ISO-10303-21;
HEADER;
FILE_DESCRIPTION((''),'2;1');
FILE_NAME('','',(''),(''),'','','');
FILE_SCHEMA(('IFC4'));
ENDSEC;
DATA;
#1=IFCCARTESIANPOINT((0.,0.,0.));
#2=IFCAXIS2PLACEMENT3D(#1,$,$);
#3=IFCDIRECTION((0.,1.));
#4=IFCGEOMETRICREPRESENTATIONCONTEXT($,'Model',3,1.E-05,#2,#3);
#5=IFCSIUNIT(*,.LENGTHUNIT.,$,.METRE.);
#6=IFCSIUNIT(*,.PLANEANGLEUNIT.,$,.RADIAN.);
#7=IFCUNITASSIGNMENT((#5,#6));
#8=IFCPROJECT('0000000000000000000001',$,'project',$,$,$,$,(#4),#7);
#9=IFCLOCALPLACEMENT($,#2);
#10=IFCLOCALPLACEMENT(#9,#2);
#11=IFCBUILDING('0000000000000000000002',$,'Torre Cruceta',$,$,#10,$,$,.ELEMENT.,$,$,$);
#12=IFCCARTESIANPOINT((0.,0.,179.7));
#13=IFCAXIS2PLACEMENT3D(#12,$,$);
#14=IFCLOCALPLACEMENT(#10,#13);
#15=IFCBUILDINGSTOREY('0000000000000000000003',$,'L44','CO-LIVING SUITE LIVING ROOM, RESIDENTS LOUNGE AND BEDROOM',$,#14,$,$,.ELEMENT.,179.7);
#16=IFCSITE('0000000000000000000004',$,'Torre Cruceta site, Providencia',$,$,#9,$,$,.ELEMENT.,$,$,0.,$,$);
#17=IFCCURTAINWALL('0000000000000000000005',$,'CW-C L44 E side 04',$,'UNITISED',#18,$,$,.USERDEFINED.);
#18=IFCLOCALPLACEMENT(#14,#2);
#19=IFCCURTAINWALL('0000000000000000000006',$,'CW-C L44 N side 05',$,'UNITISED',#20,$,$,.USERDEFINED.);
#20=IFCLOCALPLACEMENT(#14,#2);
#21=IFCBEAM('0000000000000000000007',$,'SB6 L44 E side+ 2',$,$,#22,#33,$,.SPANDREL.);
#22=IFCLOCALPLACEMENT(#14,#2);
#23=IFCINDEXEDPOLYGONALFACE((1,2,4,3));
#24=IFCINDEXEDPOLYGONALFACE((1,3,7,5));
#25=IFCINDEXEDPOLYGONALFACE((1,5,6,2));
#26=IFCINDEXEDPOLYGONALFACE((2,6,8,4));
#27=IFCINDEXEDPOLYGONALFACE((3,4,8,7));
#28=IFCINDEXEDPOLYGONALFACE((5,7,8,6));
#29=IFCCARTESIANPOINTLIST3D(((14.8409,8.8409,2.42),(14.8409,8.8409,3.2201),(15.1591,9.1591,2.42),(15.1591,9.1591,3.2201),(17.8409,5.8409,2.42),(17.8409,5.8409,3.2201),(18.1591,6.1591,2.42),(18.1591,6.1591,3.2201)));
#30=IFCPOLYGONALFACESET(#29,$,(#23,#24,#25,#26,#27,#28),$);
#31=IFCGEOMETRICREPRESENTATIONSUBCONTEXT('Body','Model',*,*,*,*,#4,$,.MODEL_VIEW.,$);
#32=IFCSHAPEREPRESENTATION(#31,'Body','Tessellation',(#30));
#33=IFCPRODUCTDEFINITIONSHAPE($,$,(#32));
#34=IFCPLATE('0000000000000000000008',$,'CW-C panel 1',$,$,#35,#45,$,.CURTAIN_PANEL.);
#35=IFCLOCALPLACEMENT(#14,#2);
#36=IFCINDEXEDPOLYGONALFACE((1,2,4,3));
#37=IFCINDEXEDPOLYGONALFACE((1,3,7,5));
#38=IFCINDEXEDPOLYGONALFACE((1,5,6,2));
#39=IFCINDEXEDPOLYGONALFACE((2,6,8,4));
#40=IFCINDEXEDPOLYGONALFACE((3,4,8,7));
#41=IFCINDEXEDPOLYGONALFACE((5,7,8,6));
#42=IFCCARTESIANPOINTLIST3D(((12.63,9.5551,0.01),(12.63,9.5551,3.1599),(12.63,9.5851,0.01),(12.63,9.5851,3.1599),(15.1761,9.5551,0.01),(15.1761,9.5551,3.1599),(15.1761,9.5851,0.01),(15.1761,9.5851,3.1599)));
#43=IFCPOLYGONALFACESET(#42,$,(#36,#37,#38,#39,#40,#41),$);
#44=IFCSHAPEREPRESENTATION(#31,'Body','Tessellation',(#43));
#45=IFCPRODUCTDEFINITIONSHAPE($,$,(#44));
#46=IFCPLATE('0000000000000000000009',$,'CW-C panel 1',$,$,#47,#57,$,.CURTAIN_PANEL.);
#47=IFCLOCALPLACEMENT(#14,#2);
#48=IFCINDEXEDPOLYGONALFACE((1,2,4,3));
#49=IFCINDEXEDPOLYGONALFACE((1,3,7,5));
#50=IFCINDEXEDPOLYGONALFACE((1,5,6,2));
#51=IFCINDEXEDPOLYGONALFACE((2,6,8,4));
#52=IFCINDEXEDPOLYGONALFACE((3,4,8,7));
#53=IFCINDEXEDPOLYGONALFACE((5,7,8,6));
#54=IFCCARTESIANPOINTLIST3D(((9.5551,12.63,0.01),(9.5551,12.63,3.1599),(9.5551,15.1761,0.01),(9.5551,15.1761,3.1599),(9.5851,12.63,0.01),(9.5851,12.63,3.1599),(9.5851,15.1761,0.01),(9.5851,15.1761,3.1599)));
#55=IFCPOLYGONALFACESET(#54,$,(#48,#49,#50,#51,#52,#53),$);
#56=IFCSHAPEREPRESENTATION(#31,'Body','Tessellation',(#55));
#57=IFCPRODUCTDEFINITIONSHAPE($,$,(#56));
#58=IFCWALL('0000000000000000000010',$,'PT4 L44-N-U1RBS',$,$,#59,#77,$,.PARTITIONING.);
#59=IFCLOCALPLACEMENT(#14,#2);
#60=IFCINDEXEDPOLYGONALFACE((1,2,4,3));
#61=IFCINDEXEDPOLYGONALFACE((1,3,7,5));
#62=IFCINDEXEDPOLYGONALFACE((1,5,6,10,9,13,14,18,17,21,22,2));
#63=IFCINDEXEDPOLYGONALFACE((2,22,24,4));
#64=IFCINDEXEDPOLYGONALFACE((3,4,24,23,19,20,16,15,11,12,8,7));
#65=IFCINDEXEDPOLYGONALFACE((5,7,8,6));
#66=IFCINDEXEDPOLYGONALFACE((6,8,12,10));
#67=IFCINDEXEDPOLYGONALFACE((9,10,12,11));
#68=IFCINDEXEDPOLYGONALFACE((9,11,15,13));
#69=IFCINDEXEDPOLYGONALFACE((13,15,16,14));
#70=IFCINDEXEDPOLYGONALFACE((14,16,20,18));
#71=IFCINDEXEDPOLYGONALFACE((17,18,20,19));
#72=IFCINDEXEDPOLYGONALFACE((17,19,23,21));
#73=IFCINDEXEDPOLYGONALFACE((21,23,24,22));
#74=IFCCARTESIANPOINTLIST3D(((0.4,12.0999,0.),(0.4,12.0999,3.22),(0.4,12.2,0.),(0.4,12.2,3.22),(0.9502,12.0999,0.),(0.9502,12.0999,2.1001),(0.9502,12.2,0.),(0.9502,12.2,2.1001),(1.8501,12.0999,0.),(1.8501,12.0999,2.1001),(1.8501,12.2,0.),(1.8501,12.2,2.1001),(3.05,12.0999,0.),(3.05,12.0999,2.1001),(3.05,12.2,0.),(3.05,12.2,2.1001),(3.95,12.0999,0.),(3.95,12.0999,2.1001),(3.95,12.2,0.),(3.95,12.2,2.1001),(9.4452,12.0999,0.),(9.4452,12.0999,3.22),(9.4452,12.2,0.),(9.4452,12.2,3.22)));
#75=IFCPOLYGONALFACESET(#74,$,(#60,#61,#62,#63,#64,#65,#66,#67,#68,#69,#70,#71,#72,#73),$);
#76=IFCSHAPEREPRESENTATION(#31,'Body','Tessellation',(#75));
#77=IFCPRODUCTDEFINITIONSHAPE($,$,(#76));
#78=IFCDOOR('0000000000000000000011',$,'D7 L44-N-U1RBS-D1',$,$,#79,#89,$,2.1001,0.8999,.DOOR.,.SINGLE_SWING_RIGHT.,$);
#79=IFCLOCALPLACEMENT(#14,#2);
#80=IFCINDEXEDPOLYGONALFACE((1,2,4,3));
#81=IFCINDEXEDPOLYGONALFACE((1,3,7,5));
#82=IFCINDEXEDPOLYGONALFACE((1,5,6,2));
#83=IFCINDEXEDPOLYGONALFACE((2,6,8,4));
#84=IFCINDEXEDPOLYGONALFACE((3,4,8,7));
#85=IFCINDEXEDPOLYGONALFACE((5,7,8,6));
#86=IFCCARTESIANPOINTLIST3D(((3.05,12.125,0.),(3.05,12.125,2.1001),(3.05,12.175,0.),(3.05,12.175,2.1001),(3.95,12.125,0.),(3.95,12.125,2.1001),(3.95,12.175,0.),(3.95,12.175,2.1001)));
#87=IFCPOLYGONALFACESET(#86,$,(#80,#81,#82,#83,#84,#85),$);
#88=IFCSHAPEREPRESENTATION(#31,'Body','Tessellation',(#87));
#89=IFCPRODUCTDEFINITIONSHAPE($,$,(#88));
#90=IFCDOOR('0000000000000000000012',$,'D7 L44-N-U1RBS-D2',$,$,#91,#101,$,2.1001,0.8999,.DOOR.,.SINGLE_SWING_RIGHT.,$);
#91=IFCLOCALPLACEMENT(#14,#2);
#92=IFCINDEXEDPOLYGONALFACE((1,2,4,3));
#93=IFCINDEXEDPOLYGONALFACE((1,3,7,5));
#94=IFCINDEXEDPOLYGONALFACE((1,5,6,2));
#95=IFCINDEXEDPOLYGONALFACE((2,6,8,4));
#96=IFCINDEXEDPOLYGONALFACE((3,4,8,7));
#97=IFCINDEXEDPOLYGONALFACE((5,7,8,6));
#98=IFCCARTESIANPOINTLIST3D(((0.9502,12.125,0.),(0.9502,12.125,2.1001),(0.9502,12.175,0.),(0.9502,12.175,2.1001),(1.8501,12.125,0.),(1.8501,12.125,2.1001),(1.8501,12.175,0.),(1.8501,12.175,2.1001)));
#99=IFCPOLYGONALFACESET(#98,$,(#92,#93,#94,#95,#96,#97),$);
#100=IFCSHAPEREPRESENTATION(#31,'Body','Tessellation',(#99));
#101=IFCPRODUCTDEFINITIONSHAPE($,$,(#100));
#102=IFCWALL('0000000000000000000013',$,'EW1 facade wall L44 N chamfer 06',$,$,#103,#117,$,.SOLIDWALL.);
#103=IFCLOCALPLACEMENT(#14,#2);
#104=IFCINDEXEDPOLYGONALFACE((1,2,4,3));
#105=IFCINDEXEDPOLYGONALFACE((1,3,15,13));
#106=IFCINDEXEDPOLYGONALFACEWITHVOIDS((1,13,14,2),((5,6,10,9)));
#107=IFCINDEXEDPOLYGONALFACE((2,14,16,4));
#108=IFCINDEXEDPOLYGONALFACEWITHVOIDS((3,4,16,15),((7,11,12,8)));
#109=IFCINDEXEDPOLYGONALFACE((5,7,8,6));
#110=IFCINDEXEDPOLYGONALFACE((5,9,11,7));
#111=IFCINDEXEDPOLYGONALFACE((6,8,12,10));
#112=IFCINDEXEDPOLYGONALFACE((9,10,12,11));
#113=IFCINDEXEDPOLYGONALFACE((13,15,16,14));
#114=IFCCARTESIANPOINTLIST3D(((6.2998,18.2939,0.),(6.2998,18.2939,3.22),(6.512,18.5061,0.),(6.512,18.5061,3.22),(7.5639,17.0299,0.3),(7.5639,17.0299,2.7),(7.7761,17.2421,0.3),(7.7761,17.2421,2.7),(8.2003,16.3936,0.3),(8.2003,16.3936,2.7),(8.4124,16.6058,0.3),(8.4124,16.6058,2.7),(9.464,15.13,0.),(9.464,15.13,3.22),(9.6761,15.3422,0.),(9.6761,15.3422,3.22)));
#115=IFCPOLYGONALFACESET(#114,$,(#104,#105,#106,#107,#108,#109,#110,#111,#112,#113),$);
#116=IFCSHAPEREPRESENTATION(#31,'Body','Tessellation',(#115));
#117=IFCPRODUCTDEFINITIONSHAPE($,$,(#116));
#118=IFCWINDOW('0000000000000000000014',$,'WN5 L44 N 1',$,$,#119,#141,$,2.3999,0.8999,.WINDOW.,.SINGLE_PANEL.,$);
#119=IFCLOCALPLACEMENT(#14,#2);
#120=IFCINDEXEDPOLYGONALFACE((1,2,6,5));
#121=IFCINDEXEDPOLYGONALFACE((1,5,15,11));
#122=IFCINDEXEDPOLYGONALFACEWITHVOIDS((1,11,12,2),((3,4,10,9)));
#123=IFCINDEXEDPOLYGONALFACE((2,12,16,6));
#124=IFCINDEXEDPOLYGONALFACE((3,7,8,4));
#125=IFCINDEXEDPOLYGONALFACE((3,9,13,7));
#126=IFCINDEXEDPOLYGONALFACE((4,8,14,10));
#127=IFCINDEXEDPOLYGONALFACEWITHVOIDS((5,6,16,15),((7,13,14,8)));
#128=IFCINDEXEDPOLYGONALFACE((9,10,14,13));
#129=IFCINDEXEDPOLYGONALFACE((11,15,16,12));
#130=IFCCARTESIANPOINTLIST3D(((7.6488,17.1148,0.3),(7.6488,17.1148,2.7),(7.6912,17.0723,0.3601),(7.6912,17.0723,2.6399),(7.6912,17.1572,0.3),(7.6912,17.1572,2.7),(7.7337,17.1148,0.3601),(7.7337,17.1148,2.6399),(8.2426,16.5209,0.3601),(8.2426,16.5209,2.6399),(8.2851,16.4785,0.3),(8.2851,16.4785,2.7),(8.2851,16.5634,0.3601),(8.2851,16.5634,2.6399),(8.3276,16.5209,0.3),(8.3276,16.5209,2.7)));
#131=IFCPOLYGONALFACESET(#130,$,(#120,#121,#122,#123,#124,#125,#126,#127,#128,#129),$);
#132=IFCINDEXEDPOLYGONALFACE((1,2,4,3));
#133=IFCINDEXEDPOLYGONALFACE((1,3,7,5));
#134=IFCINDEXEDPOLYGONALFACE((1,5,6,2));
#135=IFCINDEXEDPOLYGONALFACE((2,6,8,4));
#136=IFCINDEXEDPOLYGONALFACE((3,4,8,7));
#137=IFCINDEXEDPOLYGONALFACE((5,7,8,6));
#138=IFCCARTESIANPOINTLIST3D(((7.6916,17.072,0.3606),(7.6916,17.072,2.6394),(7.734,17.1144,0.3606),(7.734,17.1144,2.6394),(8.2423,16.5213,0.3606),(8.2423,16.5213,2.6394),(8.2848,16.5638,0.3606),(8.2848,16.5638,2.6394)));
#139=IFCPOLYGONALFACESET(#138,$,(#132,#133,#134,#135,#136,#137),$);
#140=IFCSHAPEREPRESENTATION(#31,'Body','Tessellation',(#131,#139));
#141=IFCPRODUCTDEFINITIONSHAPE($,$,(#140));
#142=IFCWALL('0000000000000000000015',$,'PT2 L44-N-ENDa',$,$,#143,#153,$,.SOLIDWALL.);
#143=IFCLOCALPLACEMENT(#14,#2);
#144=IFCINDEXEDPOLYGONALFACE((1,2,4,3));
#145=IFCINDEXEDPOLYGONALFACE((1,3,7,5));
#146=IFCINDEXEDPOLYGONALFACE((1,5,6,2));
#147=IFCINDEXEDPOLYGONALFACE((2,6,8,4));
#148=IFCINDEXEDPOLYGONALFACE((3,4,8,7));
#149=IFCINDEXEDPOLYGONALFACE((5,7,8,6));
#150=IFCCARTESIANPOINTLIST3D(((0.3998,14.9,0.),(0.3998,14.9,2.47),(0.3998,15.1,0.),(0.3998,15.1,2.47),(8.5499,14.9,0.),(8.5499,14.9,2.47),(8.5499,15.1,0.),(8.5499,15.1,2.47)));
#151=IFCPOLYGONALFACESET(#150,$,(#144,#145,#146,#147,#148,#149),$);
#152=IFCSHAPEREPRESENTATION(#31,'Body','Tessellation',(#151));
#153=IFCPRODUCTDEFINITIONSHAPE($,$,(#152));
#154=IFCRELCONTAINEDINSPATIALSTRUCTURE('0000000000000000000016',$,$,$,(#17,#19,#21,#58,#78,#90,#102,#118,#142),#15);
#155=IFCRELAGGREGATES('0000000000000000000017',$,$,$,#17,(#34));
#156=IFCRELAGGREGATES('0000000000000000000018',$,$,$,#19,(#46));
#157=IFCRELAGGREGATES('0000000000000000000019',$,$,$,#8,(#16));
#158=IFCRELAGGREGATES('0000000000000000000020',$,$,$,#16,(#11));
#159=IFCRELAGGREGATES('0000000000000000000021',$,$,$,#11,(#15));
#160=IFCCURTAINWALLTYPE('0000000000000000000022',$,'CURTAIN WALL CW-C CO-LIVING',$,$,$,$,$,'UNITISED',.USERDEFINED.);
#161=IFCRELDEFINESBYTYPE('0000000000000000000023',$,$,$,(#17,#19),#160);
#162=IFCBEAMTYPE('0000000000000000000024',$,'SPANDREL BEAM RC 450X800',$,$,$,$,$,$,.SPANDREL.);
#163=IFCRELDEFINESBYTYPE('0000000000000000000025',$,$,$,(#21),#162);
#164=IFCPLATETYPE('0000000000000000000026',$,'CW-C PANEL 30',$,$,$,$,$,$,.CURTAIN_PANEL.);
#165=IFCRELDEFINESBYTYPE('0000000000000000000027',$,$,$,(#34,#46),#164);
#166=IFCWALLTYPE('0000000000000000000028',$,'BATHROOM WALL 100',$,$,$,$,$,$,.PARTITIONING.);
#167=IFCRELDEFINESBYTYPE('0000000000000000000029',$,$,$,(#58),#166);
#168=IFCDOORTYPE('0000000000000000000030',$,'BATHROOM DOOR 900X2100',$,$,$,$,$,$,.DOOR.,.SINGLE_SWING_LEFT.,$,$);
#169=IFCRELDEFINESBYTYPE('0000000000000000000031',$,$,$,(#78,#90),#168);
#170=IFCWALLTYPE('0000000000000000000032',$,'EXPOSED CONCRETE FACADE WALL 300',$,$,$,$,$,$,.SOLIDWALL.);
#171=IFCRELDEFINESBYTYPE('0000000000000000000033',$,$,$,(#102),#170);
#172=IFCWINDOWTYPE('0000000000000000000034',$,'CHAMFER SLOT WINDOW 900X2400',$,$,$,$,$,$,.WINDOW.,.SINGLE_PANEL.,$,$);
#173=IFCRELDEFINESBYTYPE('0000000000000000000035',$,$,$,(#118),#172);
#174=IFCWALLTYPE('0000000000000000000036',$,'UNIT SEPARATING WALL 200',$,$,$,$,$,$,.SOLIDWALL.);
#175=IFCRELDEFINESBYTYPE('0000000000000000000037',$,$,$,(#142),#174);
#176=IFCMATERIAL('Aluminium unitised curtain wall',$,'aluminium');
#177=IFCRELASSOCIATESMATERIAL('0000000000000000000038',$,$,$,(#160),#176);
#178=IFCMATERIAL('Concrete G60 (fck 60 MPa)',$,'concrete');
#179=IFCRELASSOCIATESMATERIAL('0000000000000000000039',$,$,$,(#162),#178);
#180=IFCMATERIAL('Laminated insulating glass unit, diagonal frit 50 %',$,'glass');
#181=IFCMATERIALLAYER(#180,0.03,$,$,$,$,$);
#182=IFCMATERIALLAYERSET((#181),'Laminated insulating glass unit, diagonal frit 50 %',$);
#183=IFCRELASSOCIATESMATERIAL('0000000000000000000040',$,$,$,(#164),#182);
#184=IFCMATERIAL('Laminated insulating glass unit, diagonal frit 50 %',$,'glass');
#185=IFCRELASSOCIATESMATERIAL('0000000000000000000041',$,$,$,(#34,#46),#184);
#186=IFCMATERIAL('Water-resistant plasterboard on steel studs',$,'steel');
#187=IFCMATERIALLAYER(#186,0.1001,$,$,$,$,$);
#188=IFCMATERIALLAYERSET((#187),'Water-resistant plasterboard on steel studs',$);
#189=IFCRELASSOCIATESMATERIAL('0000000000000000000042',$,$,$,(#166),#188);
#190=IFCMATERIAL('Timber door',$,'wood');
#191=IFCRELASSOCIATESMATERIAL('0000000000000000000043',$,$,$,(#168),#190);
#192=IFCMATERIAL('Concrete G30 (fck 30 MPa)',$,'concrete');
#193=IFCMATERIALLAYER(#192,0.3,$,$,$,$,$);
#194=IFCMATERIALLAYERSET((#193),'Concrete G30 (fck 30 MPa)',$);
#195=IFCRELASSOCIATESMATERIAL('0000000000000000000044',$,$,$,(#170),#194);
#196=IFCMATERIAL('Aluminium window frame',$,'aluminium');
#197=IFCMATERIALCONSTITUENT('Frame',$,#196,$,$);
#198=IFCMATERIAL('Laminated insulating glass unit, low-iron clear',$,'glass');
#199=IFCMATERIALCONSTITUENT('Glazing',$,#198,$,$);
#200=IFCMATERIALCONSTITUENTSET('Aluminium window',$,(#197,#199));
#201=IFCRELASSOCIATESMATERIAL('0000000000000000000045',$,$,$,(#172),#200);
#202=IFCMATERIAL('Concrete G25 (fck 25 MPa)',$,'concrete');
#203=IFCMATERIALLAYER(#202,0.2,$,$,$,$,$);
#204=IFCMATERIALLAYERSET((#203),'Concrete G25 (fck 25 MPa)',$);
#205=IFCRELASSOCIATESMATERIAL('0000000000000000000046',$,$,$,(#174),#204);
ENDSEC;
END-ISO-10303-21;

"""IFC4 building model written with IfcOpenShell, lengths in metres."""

from ifc_helpers import new_model, si_unit, direction, frame, frame_2d, origin, origin_2d, place, context, subcontext, project, spatial, rectangle, hollow_rectangle, extrude, material, layer, layer_set, constituent, constituent_set, material_profile, profile_set, type_object, element, fill, aggregate, save


model = new_model("IFC4")

# Units and contexts
model_context = context("Model", 3, precision=1e-05, world=origin(), true_north=direction((0.0, 1.0)))
body_context = subcontext(model_context, "Body", "Model", "MODEL_VIEW")
ifc_project = project(units=[si_unit("LENGTHUNIT", "METRE"), si_unit("PLANEANGLEUNIT", "RADIAN")], contexts=[model_context])

# Site, building, storey
site_placement = place(None, origin())
site = spatial("IfcSite", under=ifc_project, at=site_placement, Name="Torre Cruceta site, Providencia", CompositionType="ELEMENT", RefElevation=0.0)
building_placement = place(site_placement, origin())
building = spatial("IfcBuilding", under=site, at=building_placement, Name="Torre Cruceta", CompositionType="ELEMENT")
storey_placement = place(building_placement, frame((0.0, 0.0, 179.7)))
storey = spatial("IfcBuildingStorey", under=building, at=storey_placement, Name="L44", Description="CO-LIVING SUITE LIVING ROOM, RESIDENTS LOUNGE AND BEDROOM", CompositionType="ELEMENT", Elevation=179.7)

# Curtain walls
ifc_material_1 = material(Name="Aluminium unitised curtain wall", Category="aluminium")
curtain_wall_type = type_object("IfcCurtainWallType", Name="CURTAIN WALL CW-C CO-LIVING", ElementType="UNITISED", PredefinedType="USERDEFINED", material=ifc_material_1)
curtain_wall_1_placement = place(storey_placement, origin())
curtain_wall_1 = element("IfcCurtainWall", 1, at=curtain_wall_1_placement, inside=storey, type_object=curtain_wall_type, Name="CW-C L44 E side 04", ObjectType="UNITISED", PredefinedType="USERDEFINED")
curtain_wall_2_placement = place(storey_placement, origin())
curtain_wall_2 = element("IfcCurtainWall", 2, at=curtain_wall_2_placement, inside=storey, type_object=curtain_wall_type, Name="CW-C L44 N side 05", ObjectType="UNITISED", PredefinedType="USERDEFINED")

# Beam
ifc_material_2 = material(Name="Concrete G60 (fck 60 MPa)", Category="concrete")
ifc_material_profile_1 = material_profile(ifc_material_2, rectangle(XDim=0.45, YDim=0.8, at=origin_2d()), Name="RC 450X800")
ifc_profile_set_1 = profile_set([ifc_material_profile_1], Name="Concrete G60 (fck 60 MPa)")
beam_type_1 = type_object("IfcBeamType", Name="SPANDREL BEAM RC 450X800", PredefinedType="SPANDREL", material=ifc_profile_set_1)
for number, where, z_axis, x_axis, name in (
    (3, (15.0, 9.0, 2.8201), (0.707107, -0.707107, 0.0), (0.707107, 0.707107, 0.0), "SB6 L44 E side+ 2"),
):
    element("IfcBeam", number, at=place(storey_placement, frame(where, z_axis=z_axis, x_axis=x_axis)), inside=storey, type_object=beam_type_1, Name=name, PredefinedType="SPANDREL", context=body_context, shape_type="SweptSolid", body=[
        extrude(rectangle(XDim=0.45, YDim=0.8, at=origin_2d()), origin(), (0.0, 0.0, 1.0), 4.2427),
    ])

# Plates
ifc_material_3 = material(Name="Laminated insulating glass unit, diagonal frit 50 %", Category="glass")
ifc_material_4 = material(Name="Laminated insulating glass unit, diagonal frit 50 %", Category="glass")
ifc_layer_1 = layer(ifc_material_4, 0.03)
ifc_layer_set_1 = layer_set([ifc_layer_1], Name="Laminated insulating glass unit, diagonal frit 50 %")
plate_type = type_object("IfcPlateType", Name="CW-C PANEL 30", PredefinedType="CURTAIN_PANEL", material=ifc_layer_set_1)
plate_1_placement = place(storey_placement, frame((13.9031, 9.5701, 0.01), z_axis=(0.0, 0.0, 1.0), x_axis=(-1.0, 0.0, 0.0)))
plate_1 = element("IfcPlate", 4, at=plate_1_placement, type_object=plate_type, material=ifc_material_3, Name="CW-C panel 1", PredefinedType="CURTAIN_PANEL", context=body_context, shape_type="SweptSolid", body=[
    extrude(rectangle(XDim=2.5461, YDim=0.03, at=origin_2d()), origin(), (0.0, 0.0, 1.0), 3.1499),
])
aggregate(curtain_wall_1, [plate_1])
plate_2_placement = place(storey_placement, frame((9.5701, 13.9031, 0.01), z_axis=(0.0, 0.0, 1.0), x_axis=(0.0, 1.0, 0.0)))
plate_2 = element("IfcPlate", 5, at=plate_2_placement, type_object=plate_type, material=ifc_material_3, Name="CW-C panel 1", PredefinedType="CURTAIN_PANEL", context=body_context, shape_type="SweptSolid", body=[
    extrude(rectangle(XDim=2.5461, YDim=0.03, at=origin_2d()), origin(), (0.0, 0.0, 1.0), 3.1499),
])
aggregate(curtain_wall_2, [plate_2])

# Wall, openings, doors
ifc_material_5 = material(Name="Water-resistant plasterboard on steel studs", Category="steel")
ifc_layer_2 = layer(ifc_material_5, 0.1001)
ifc_layer_set_2 = layer_set([ifc_layer_2], Name="Water-resistant plasterboard on steel studs")
wall_type_1 = type_object("IfcWallType", Name="BATHROOM WALL 100", PredefinedType="PARTITIONING", material=ifc_layer_set_2)
wall_1_placement = place(storey_placement, frame((9.4451, 12.1499, 0.0), z_axis=(0.0, 0.0, 1.0), x_axis=(-1.0, 0.0, 0.0)))
wall_1 = element("IfcWall", 6, at=wall_1_placement, inside=storey, type_object=wall_type_1, Name="PT4 L44-N-U1RBS", PredefinedType="PARTITIONING", context=body_context, shape_type="SweptSolid", body=[
    extrude(rectangle(XDim=9.0452, YDim=0.1001, at=frame_2d((4.5225, 0.0))), origin(), (0.0, 0.0, 1.0), 3.22),
])
opening_1_placement = place(wall_1_placement, frame((5.4951, 0.0, 0.0)))
opening_1 = element("IfcOpeningElement", 7, at=opening_1_placement, cuts=wall_1, PredefinedType="OPENING", context=body_context, shape_type="SweptSolid", body=[
    extrude(rectangle(XDim=0.8999, YDim=2.1001, at=frame_2d((0.45, 1.05))), frame((0.0, 0.0601, 0.0), z_axis=(0.0, -1.0, 0.0), x_axis=(1.0, 0.0, 0.0)), (0.0, 0.0, 1.0), 0.1201),
])
opening_2_placement = place(wall_1_placement, frame((7.595, 0.0, 0.0)))
opening_2 = element("IfcOpeningElement", 8, at=opening_2_placement, cuts=wall_1, PredefinedType="OPENING", context=body_context, shape_type="SweptSolid", body=[
    extrude(rectangle(XDim=0.8999, YDim=2.1001, at=frame_2d((0.45, 1.05))), frame((0.0, 0.0601, 0.0), z_axis=(0.0, -1.0, 0.0), x_axis=(1.0, 0.0, 0.0)), (0.0, 0.0, 1.0), 0.1201),
])
ifc_material_6 = material(Name="Timber door", Category="wood")
door_type_1 = type_object("IfcDoorType", Name="BATHROOM DOOR 900X2100", OperationType="SINGLE_SWING_LEFT", PredefinedType="DOOR", material=ifc_material_6)
door_1_placement = place(opening_1_placement, origin())
door_1 = element("IfcDoor", 9, at=door_1_placement, inside=storey, type_object=door_type_1, Name="D7 L44-N-U1RBS-D1", OperationType="SINGLE_SWING_RIGHT", OverallHeight=2.1001, OverallWidth=0.8999, PredefinedType="DOOR", context=body_context, shape_type="SweptSolid", body=[
    extrude(rectangle(XDim=0.8999, YDim=2.1001, at=frame_2d((0.45, 1.05))), frame((0.0, 0.0249, 0.0), z_axis=(0.0, -1.0, 0.0), x_axis=(1.0, 0.0, 0.0)), (0.0, 0.0, 1.0), 0.05),
])
fill(opening_1, door_1)
door_2_placement = place(opening_2_placement, origin())
door_2 = element("IfcDoor", 10, at=door_2_placement, inside=storey, type_object=door_type_1, Name="D7 L44-N-U1RBS-D2", OperationType="SINGLE_SWING_RIGHT", OverallHeight=2.1001, OverallWidth=0.8999, PredefinedType="DOOR", context=body_context, shape_type="SweptSolid", body=[
    extrude(rectangle(XDim=0.8999, YDim=2.1001, at=frame_2d((0.45, 1.05))), frame((0.0, 0.0249, 0.0), z_axis=(0.0, -1.0, 0.0), x_axis=(1.0, 0.0, 0.0)), (0.0, 0.0, 1.0), 0.05),
])
fill(opening_2, door_2)

# Wall, opening, window
ifc_material_7 = material(Name="Concrete G30 (fck 30 MPa)", Category="concrete")
ifc_layer_3 = layer(ifc_material_7, 0.3)
ifc_layer_set_3 = layer_set([ifc_layer_3], Name="Concrete G30 (fck 30 MPa)")
wall_type_2 = type_object("IfcWallType", Name="EXPOSED CONCRETE FACADE WALL 300", PredefinedType="SOLIDWALL", material=ifc_layer_set_3)
wall_2_placement = place(storey_placement, frame((9.5701, 15.2361, 0.0), z_axis=(0.0, 0.0, 1.0), x_axis=(-0.707134, 0.707079, 0.0)))
wall_2 = element("IfcWall", 11, at=wall_2_placement, inside=storey, type_object=wall_type_2, Name="EW1 facade wall L44 N chamfer 06", PredefinedType="SOLIDWALL", context=body_context, shape_type="SweptSolid", body=[
    extrude(rectangle(XDim=4.4746, YDim=0.3, at=frame_2d((2.2373, 0.0))), origin(), (0.0, 0.0, 1.0), 3.22),
])
opening_3_placement = place(wall_2_placement, frame((1.7871, 0.0, 0.3)))
opening_3 = element("IfcOpeningElement", 12, at=opening_3_placement, cuts=wall_2, PredefinedType="OPENING", context=body_context, shape_type="SweptSolid", body=[
    extrude(rectangle(XDim=0.8999, YDim=2.3999, at=frame_2d((0.45, 1.2))), frame((0.0, 0.1599, 0.0), z_axis=(0.0, -1.0, 0.0), x_axis=(1.0, 0.0, 0.0)), (0.0, 0.0, 1.0), 0.3201),
])
ifc_material_8 = material(Name="Aluminium window frame", Category="aluminium")
ifc_constituent_1 = constituent(ifc_material_8, Name="Frame")
ifc_material_9 = material(Name="Laminated insulating glass unit, low-iron clear", Category="glass")
ifc_constituent_2 = constituent(ifc_material_9, Name="Glazing")
ifc_constituent_set_1 = constituent_set(constituents=[ifc_constituent_1, ifc_constituent_2], Name="Aluminium window")
window_type = type_object("IfcWindowType", Name="CHAMFER SLOT WINDOW 900X2400", PartitioningType="SINGLE_PANEL", PredefinedType="WINDOW", material=ifc_constituent_set_1)
window_placement = place(opening_3_placement, origin())
window = element("IfcWindow", 13, at=window_placement, inside=storey, type_object=window_type, Name="WN5 L44 N 1", OverallHeight=2.3999, OverallWidth=0.8999, PartitioningType="SINGLE_PANEL", PredefinedType="WINDOW", context=body_context, shape_type="SweptSolid", body=[
    extrude(hollow_rectangle(XDim=0.8999, YDim=2.3999, WallThickness=0.0601, at=frame_2d((0.45, 1.2))), frame((0.0, 0.03, 0.0), z_axis=(0.0, -1.0, 0.0), x_axis=(1.0, 0.0, 0.0)), (0.0, 0.0, 1.0), 0.0601),
    extrude(rectangle(XDim=0.7788, YDim=2.2788, at=frame_2d((0.45, 1.2))), frame((0.0, 0.03, 0.0), z_axis=(0.0, -1.0, 0.0), x_axis=(1.0, 0.0, 0.0)), (0.0, 0.0, 1.0), 0.0601),
])
fill(opening_3, window)

# Wall
ifc_material_10 = material(Name="Concrete G25 (fck 25 MPa)", Category="concrete")
ifc_layer_4 = layer(ifc_material_10, 0.2)
ifc_layer_set_4 = layer_set([ifc_layer_4], Name="Concrete G25 (fck 25 MPa)")
wall_type_3 = type_object("IfcWallType", Name="UNIT SEPARATING WALL 200", PredefinedType="SOLIDWALL", material=ifc_layer_set_4)
wall_3_placement = place(storey_placement, frame((8.55, 15.0, 0.0), z_axis=(0.0, 0.0, 1.0), x_axis=(-1.0, 0.0, 0.0)))
element("IfcWall", 14, at=wall_3_placement, inside=storey, type_object=wall_type_3, Name="PT2 L44-N-ENDa", PredefinedType="SOLIDWALL", context=body_context, shape_type="SweptSolid", body=[
    extrude(rectangle(XDim=8.1501, YDim=0.2, at=frame_2d((4.0752, 0.0))), origin(), (0.0, 0.0, 1.0), 2.47),
])

save(model, "model.ifc")
